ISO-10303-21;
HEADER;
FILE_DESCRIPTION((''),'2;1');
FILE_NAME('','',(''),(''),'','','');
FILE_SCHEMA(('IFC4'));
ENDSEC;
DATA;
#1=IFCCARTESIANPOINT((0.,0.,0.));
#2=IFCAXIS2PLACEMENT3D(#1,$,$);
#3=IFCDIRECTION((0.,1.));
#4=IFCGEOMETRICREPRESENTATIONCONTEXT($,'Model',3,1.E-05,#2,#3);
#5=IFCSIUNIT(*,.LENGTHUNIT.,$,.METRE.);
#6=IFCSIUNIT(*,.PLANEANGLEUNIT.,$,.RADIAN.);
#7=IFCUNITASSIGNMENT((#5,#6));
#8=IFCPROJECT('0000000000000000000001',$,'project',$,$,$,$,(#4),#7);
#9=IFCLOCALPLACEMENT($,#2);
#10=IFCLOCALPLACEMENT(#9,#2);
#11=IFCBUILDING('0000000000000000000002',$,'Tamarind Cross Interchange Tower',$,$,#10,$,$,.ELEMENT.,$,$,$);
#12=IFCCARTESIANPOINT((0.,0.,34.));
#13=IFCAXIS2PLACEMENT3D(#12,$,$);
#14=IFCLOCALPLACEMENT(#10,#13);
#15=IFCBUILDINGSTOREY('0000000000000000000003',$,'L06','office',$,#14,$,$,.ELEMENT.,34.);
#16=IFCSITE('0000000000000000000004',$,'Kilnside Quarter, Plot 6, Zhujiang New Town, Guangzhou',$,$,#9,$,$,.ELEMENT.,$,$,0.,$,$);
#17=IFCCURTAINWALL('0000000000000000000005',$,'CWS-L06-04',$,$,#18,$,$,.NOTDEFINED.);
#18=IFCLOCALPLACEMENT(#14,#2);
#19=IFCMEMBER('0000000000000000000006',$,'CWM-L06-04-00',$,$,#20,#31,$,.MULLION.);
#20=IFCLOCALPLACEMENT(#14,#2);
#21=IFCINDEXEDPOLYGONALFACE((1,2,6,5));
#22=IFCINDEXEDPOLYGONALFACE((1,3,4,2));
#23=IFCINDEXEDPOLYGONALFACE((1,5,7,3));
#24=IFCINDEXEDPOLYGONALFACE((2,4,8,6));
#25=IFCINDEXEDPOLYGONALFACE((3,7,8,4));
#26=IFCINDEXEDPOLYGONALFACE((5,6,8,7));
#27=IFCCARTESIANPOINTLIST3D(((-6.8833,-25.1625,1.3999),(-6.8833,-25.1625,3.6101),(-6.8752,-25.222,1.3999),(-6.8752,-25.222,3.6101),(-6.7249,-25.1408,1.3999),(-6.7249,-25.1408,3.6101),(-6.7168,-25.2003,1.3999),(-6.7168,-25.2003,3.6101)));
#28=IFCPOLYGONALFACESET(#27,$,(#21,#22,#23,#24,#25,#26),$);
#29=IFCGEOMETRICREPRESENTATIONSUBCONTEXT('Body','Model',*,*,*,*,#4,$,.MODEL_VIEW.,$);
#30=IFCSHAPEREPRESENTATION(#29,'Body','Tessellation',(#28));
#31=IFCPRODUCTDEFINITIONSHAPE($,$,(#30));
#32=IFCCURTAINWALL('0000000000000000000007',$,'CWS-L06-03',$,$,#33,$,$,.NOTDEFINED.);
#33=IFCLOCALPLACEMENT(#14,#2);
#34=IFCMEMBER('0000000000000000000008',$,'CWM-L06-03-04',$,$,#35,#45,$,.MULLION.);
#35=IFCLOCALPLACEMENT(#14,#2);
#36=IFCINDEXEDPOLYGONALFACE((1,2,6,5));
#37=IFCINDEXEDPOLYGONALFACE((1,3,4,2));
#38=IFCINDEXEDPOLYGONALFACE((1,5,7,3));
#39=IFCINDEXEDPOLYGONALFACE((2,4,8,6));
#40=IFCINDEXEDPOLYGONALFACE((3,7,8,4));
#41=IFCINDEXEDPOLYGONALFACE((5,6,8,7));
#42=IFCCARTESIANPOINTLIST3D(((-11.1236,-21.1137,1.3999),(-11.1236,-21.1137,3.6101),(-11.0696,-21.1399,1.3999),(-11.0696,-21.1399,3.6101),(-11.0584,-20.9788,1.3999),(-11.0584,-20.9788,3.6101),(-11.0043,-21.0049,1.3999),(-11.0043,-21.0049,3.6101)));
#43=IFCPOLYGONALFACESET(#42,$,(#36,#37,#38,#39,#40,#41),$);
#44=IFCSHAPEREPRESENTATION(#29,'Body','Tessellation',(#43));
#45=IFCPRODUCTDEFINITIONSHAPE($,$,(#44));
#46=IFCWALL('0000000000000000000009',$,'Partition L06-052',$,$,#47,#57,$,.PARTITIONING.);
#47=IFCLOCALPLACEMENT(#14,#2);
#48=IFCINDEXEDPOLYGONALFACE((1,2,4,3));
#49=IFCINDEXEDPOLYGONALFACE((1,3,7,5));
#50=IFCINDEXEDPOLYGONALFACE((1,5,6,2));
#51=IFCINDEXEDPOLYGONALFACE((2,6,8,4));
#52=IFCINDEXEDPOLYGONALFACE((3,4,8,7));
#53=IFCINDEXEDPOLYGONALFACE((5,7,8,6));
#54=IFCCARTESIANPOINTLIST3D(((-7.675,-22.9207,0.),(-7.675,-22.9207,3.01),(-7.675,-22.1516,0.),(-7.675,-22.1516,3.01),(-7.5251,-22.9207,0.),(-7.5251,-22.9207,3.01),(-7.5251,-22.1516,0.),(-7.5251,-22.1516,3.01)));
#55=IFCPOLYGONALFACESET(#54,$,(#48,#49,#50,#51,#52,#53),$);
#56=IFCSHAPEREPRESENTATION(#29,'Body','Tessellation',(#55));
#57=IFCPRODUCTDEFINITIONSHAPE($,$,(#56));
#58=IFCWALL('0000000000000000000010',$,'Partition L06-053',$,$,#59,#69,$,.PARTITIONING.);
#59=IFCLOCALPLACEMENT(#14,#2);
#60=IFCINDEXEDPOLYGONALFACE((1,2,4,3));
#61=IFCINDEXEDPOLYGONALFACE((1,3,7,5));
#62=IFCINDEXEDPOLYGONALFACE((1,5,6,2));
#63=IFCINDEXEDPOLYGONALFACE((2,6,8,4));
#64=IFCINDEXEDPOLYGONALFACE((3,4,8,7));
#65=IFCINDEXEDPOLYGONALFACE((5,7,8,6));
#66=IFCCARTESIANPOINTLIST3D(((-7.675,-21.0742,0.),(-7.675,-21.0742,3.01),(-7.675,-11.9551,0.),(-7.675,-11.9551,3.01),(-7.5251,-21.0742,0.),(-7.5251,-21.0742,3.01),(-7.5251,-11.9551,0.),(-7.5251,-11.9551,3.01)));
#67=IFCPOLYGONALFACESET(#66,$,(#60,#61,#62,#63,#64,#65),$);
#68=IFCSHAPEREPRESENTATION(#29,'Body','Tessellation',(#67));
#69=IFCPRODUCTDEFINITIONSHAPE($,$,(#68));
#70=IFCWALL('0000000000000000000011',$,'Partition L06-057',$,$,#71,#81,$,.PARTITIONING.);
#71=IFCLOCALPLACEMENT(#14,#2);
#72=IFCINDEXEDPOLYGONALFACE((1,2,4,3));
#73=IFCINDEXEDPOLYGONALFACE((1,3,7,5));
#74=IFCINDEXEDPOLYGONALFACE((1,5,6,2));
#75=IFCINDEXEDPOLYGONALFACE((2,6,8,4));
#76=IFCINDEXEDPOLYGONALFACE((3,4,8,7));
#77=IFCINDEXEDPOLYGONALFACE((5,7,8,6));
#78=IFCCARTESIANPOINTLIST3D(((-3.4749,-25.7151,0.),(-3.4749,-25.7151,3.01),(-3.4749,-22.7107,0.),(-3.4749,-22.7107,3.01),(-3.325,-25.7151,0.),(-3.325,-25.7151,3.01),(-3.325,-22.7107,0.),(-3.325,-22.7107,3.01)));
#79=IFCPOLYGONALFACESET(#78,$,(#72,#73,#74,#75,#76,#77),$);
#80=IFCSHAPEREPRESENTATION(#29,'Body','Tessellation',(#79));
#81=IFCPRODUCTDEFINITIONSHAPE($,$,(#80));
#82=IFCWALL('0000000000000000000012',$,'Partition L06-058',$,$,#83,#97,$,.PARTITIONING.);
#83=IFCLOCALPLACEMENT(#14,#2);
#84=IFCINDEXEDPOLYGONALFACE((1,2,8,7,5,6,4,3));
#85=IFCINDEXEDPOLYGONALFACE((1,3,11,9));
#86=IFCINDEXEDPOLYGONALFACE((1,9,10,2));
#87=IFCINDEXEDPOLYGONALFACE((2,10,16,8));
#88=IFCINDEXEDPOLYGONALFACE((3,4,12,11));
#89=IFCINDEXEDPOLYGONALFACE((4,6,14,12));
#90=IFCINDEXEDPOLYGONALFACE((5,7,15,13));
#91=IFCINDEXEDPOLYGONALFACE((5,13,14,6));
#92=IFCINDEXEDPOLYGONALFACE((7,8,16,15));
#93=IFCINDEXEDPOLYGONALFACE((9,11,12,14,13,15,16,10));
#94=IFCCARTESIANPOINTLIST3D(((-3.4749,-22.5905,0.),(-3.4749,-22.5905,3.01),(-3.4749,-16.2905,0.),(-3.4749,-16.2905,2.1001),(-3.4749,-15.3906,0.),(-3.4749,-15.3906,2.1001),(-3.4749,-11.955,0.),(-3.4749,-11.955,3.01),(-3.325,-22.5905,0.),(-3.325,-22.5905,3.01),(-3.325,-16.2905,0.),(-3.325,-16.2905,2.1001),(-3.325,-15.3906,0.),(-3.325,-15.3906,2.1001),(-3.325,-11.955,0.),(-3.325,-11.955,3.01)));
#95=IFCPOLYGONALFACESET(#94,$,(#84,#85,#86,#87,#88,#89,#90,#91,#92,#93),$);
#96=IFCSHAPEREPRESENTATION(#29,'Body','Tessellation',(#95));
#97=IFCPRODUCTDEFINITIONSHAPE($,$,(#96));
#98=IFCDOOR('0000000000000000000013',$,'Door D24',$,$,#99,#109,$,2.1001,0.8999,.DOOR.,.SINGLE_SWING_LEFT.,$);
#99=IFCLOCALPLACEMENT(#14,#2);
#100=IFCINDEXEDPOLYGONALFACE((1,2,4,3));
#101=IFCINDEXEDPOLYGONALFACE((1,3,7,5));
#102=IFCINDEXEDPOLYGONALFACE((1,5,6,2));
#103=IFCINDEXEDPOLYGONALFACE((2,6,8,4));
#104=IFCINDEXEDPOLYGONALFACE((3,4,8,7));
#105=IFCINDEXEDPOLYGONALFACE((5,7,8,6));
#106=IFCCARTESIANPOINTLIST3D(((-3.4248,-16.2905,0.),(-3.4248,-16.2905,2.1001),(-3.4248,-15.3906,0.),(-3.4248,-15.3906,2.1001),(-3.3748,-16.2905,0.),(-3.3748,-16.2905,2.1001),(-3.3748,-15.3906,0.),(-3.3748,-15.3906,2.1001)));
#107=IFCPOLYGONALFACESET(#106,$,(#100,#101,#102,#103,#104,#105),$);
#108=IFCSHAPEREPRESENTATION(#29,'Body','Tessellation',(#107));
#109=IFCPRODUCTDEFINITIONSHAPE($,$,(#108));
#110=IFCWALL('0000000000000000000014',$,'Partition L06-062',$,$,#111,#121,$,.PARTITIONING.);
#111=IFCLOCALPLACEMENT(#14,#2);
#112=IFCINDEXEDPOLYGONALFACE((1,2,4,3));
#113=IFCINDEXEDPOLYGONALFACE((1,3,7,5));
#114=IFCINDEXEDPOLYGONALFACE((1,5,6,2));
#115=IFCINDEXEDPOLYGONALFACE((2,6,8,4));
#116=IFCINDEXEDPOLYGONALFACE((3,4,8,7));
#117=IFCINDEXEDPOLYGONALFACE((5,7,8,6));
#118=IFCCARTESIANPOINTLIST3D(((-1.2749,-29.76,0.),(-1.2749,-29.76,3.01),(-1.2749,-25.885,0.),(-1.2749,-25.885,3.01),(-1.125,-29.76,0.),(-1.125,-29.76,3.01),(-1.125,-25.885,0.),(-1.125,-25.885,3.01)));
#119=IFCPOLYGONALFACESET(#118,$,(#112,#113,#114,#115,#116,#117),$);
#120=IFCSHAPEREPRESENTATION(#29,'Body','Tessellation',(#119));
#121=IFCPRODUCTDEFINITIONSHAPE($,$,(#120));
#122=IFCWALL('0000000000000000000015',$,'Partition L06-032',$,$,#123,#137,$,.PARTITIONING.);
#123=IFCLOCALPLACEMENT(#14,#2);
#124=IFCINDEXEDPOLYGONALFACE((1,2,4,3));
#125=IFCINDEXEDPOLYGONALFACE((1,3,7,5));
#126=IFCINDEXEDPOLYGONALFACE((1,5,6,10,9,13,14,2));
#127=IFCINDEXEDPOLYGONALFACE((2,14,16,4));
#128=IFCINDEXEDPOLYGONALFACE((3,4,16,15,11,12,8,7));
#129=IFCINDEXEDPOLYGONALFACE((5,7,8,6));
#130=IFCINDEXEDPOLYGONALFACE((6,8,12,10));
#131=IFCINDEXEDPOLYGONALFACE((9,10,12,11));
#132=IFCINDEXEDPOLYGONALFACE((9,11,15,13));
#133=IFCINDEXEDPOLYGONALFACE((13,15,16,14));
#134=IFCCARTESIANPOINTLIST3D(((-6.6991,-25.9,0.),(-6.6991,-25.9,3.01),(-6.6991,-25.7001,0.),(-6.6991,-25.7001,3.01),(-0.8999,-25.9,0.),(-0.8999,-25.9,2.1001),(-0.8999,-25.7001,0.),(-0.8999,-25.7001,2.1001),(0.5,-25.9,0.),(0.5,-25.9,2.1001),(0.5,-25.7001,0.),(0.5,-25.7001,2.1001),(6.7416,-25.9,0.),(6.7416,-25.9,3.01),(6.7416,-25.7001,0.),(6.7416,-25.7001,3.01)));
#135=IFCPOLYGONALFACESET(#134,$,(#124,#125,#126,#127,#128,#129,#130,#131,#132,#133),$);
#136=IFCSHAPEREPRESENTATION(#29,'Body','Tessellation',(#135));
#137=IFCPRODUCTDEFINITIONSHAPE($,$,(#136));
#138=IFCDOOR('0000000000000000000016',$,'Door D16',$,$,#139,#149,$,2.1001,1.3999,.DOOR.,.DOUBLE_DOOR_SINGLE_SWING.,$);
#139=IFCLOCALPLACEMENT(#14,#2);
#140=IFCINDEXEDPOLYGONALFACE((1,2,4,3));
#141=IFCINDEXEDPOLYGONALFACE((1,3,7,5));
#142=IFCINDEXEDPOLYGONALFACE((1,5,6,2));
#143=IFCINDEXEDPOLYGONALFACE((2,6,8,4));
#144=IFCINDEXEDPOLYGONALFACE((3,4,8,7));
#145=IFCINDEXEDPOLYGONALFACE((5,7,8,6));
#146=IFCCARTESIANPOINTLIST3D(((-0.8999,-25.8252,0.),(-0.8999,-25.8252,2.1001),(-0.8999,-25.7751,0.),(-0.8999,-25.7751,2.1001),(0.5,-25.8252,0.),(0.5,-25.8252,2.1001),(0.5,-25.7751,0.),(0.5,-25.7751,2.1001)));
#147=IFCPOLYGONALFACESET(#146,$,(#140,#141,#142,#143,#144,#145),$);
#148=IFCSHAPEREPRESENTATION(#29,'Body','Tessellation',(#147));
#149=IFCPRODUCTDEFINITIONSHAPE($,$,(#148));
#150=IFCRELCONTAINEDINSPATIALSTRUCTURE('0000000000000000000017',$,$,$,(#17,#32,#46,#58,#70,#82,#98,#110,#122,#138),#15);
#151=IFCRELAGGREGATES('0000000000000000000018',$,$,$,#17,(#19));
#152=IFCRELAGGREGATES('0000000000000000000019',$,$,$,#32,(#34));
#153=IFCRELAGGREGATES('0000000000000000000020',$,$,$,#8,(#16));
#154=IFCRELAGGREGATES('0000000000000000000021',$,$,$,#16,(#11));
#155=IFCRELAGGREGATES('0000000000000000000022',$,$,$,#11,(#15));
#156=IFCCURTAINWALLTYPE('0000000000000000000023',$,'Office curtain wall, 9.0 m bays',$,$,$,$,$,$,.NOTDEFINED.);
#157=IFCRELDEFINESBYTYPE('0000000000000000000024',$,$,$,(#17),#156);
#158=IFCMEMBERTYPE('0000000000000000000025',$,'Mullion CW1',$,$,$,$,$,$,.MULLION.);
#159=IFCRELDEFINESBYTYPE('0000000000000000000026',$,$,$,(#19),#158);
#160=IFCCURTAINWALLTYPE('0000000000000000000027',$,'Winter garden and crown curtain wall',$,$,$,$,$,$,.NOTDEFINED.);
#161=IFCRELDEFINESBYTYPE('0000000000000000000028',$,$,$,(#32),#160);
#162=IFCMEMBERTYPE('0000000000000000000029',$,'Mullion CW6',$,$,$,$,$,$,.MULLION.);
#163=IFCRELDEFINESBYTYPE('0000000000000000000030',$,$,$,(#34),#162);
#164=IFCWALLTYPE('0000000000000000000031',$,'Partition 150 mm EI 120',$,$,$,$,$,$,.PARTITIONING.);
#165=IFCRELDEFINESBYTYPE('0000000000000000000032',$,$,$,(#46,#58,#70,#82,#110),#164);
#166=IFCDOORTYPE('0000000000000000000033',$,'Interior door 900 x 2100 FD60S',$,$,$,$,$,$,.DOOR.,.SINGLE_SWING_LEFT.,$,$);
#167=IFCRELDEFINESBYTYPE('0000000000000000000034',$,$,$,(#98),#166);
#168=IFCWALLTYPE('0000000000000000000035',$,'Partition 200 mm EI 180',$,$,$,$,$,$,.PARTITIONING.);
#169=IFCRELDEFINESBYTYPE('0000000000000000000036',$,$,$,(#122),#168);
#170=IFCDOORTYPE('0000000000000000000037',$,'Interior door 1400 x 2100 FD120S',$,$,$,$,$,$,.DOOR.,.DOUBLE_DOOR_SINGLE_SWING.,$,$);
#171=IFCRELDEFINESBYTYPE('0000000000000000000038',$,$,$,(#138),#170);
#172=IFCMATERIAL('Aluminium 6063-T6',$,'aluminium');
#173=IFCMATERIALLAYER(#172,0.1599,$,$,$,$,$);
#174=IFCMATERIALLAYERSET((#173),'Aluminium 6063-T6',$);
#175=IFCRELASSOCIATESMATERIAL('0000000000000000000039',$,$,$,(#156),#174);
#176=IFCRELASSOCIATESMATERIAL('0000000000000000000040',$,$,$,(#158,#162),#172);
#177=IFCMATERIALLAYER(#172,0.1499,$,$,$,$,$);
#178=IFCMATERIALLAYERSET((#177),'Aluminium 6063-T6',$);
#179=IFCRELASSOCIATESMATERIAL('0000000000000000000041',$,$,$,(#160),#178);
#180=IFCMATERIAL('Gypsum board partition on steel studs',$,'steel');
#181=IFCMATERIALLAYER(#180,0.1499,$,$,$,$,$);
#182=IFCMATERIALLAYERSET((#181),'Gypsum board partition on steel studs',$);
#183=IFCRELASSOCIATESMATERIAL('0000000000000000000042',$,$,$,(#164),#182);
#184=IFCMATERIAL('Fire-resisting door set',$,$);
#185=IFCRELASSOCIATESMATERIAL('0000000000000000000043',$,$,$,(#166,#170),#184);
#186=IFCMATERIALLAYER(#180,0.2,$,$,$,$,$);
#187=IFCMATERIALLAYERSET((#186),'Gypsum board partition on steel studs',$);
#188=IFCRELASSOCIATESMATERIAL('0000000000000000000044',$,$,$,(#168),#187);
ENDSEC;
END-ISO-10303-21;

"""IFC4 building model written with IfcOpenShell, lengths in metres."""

from ifc_helpers import new_model, si_unit, direction, frame, frame_2d, origin, origin_2d, place, context, subcontext, project, spatial, rectangle, extrude, material, layer, layer_set, material_profile, profile_set, type_object, element, fill, aggregate, save


model = new_model("IFC4")

# Units and contexts
model_context = context("Model", 3, precision=1e-05, world=origin(), true_north=direction((0.0, 1.0)))
body_context = subcontext(model_context, "Body", "Model", "MODEL_VIEW")
ifc_project = project(units=[si_unit("LENGTHUNIT", "METRE"), si_unit("PLANEANGLEUNIT", "RADIAN")], contexts=[model_context])

# Site, building, storey
site_placement = place(None, origin())
site = spatial("IfcSite", under=ifc_project, at=site_placement, Name="Kilnside Quarter, Plot 6, Zhujiang New Town, Guangzhou", CompositionType="ELEMENT", RefElevation=0.0)
building_placement = place(site_placement, origin())
building = spatial("IfcBuilding", under=site, at=building_placement, Name="Tamarind Cross Interchange Tower", CompositionType="ELEMENT")
storey_placement = place(building_placement, frame((0.0, 0.0, 34.0)))
storey = spatial("IfcBuildingStorey", under=building, at=storey_placement, Name="L06", Description="office", CompositionType="ELEMENT", Elevation=34.0)

# Curtain walls, members
ifc_material_1 = material(Name="Aluminium 6063-T6", Category="aluminium")
ifc_layer_1 = layer(ifc_material_1, 0.1599)
ifc_layer_set_1 = layer_set([ifc_layer_1], Name="Aluminium 6063-T6")
curtain_wall_type_1 = type_object("IfcCurtainWallType", Name="Office curtain wall, 9.0 m bays", PredefinedType="NOTDEFINED", material=ifc_layer_set_1)
curtain_wall_1_placement = place(storey_placement, origin())
curtain_wall_1 = element("IfcCurtainWall", 1, at=curtain_wall_1_placement, inside=storey, type_object=curtain_wall_type_1, Name="CWS-L06-04", PredefinedType="NOTDEFINED")
ifc_material_profile_1 = material_profile(ifc_material_1, rectangle(XDim=0.0601, YDim=0.1599, at=origin_2d()), Name="Mullion CW1")
ifc_profile_set_1 = profile_set([ifc_material_profile_1], Name="Aluminium 6063-T6")
member_type_1 = type_object("IfcMemberType", Name="Mullion CW1", PredefinedType="MULLION", material=ifc_profile_set_1)
member_1_placement = place(storey_placement, frame((-6.8, -25.1814, 1.3999), z_axis=(0.0, 0.0, 1.0), x_axis=(0.135689, -0.990751, 0.0)))
member_1 = element("IfcMember", 2, at=member_1_placement, type_object=member_type_1, Name="CWM-L06-04-00", PredefinedType="MULLION", context=body_context, shape_type="SweptSolid", body=[
    extrude(rectangle(XDim=0.0601, YDim=0.1599, at=origin_2d()), origin(), (0.0, 0.0, 1.0), 2.2102),
])
aggregate(curtain_wall_1, [member_1])
ifc_layer_2 = layer(ifc_material_1, 0.1499)
ifc_layer_set_2 = layer_set([ifc_layer_2], Name="Aluminium 6063-T6")
curtain_wall_type_2 = type_object("IfcCurtainWallType", Name="Winter garden and crown curtain wall", PredefinedType="NOTDEFINED", material=ifc_layer_set_2)
curtain_wall_2_placement = place(storey_placement, origin())
curtain_wall_2 = element("IfcCurtainWall", 3, at=curtain_wall_2_placement, inside=storey, type_object=curtain_wall_type_2, Name="CWS-L06-03", PredefinedType="NOTDEFINED")
ifc_material_profile_2 = material_profile(ifc_material_1, rectangle(XDim=0.0601, YDim=0.1499, at=origin_2d()), Name="Mullion CW6")
ifc_profile_set_2 = profile_set([ifc_material_profile_2], Name="Aluminium 6063-T6")
member_type_2 = type_object("IfcMemberType", Name="Mullion CW6", PredefinedType="MULLION", material=ifc_profile_set_2)
member_2_placement = place(storey_placement, frame((-11.064, -21.0593, 1.3999), z_axis=(0.0, 0.0, 1.0), x_axis=(0.900273, -0.435326, 0.0)))
member_2 = element("IfcMember", 4, at=member_2_placement, type_object=member_type_2, Name="CWM-L06-03-04", PredefinedType="MULLION", context=body_context, shape_type="SweptSolid", body=[
    extrude(rectangle(XDim=0.0601, YDim=0.1499, at=origin_2d()), origin(), (0.0, 0.0, 1.0), 2.2102),
])
aggregate(curtain_wall_2, [member_2])

# Walls
ifc_material_2 = material(Name="Gypsum board partition on steel studs", Category="steel")
ifc_layer_3 = layer(ifc_material_2, 0.1499)
ifc_layer_set_3 = layer_set([ifc_layer_3], Name="Gypsum board partition on steel studs")
wall_type_1 = type_object("IfcWallType", Name="Partition 150 mm EI 120", PredefinedType="PARTITIONING", material=ifc_layer_set_3)
wall_1_placement = place(storey_placement, frame((-7.6001, -22.9207, 0.0), z_axis=(0.0, 0.0, 1.0), x_axis=(0.0, 1.0, 0.0)))
element("IfcWall", 5, at=wall_1_placement, inside=storey, type_object=wall_type_1, Name="Partition L06-052", PredefinedType="PARTITIONING", context=body_context, shape_type="SweptSolid", body=[
    extrude(rectangle(XDim=0.769, YDim=0.1499, at=frame_2d((0.3845, 0.0))), origin(), (0.0, 0.0, 1.0), 3.01),
])
wall_2_placement = place(storey_placement, frame((-7.6001, -21.0742, 0.0), z_axis=(0.0, 0.0, 1.0), x_axis=(0.0, 1.0, 0.0)))
element("IfcWall", 6, at=wall_2_placement, inside=storey, type_object=wall_type_1, Name="Partition L06-053", PredefinedType="PARTITIONING", context=body_context, shape_type="SweptSolid", body=[
    extrude(rectangle(XDim=9.1191, YDim=0.1499, at=frame_2d((4.5596, 0.0))), origin(), (0.0, 0.0, 1.0), 3.01),
])
wall_3_placement = place(storey_placement, frame((-3.3999, -25.7151, 0.0), z_axis=(0.0, 0.0, 1.0), x_axis=(0.0, 1.0, 0.0)))
element("IfcWall", 7, at=wall_3_placement, inside=storey, type_object=wall_type_1, Name="Partition L06-057", PredefinedType="PARTITIONING", context=body_context, shape_type="SweptSolid", body=[
    extrude(rectangle(XDim=3.0044, YDim=0.1499, at=frame_2d((1.5022, 0.0))), origin(), (0.0, 0.0, 1.0), 3.01),
])

# Wall, opening, door
wall_4_placement = place(storey_placement, frame((-3.3999, -22.5906, 0.0), z_axis=(0.0, 0.0, 1.0), x_axis=(0.0, 1.0, 0.0)))
wall_4 = element("IfcWall", 8, at=wall_4_placement, inside=storey, type_object=wall_type_1, Name="Partition L06-058", PredefinedType="PARTITIONING", context=body_context, shape_type="SweptSolid", body=[
    extrude(rectangle(XDim=10.6355, YDim=0.1499, at=frame_2d((5.3179, 0.0))), origin(), (0.0, 0.0, 1.0), 3.01),
])
opening_1_placement = place(wall_4_placement, frame((6.3, 0.0, 0.0)))
opening_1 = element("IfcOpeningElement", 9, at=opening_1_placement, cuts=wall_4, PredefinedType="OPENING", context=body_context, shape_type="SweptSolid", body=[
    extrude(rectangle(XDim=0.8999, YDim=2.1001, at=frame_2d((0.45, 1.05))), frame((0.0, 0.085, 0.0), z_axis=(0.0, -1.0, 0.0), x_axis=(1.0, 0.0, 0.0)), (0.0, 0.0, 1.0), 0.1699),
])
ifc_material_3 = material(Name="Fire-resisting door set")
door_type_1 = type_object("IfcDoorType", Name="Interior door 900 x 2100 FD60S", OperationType="SINGLE_SWING_LEFT", PredefinedType="DOOR", material=ifc_material_3)
door_1_placement = place(opening_1_placement, origin())
door_1 = element("IfcDoor", 10, at=door_1_placement, inside=storey, type_object=door_type_1, Name="Door D24", OperationType="SINGLE_SWING_LEFT", OverallHeight=2.1001, OverallWidth=0.8999, PredefinedType="DOOR", context=body_context, shape_type="SweptSolid", body=[
    extrude(rectangle(XDim=0.8999, YDim=2.1001, at=frame_2d((0.45, 1.05))), frame((0.0, 0.0249, 0.0), z_axis=(0.0, -1.0, 0.0), x_axis=(1.0, 0.0, 0.0)), (0.0, 0.0, 1.0), 0.05),
])
fill(opening_1, door_1)

# Wall
wall_5_placement = place(storey_placement, frame((-1.2, -29.76, 0.0), z_axis=(0.0, 0.0, 1.0), x_axis=(0.0, 1.0, 0.0)))
element("IfcWall", 11, at=wall_5_placement, inside=storey, type_object=wall_type_1, Name="Partition L06-062", PredefinedType="PARTITIONING", context=body_context, shape_type="SweptSolid", body=[
    extrude(rectangle(XDim=3.875, YDim=0.1499, at=frame_2d((1.9375, 0.0))), origin(), (0.0, 0.0, 1.0), 3.01),
])

# Wall, opening, door
ifc_layer_4 = layer(ifc_material_2, 0.2)
ifc_layer_set_4 = layer_set([ifc_layer_4], Name="Gypsum board partition on steel studs")
wall_type_2 = type_object("IfcWallType", Name="Partition 200 mm EI 180", PredefinedType="PARTITIONING", material=ifc_layer_set_4)
wall_6_placement = place(storey_placement, frame((-6.699, -25.8, 0.0), z_axis=(0.0, 0.0, 1.0), x_axis=(1.0, 0.0, 0.0)))
wall_6 = element("IfcWall", 12, at=wall_6_placement, inside=storey, type_object=wall_type_2, Name="Partition L06-032", PredefinedType="PARTITIONING", context=body_context, shape_type="SweptSolid", body=[
    extrude(rectangle(XDim=13.4407, YDim=0.2, at=frame_2d((6.7202, 0.0))), origin(), (0.0, 0.0, 1.0), 3.01),
])
opening_2_placement = place(wall_6_placement, frame((5.7991, 0.0, 0.0)))
opening_2 = element("IfcOpeningElement", 13, at=opening_2_placement, cuts=wall_6, PredefinedType="OPENING", context=body_context, shape_type="SweptSolid", body=[
    extrude(rectangle(XDim=1.3999, YDim=2.1001, at=frame_2d((0.7, 1.05))), frame((0.0, 0.1099, 0.0), z_axis=(0.0, -1.0, 0.0), x_axis=(1.0, 0.0, 0.0)), (0.0, 0.0, 1.0), 0.22),
])
door_type_2 = type_object("IfcDoorType", Name="Interior door 1400 x 2100 FD120S", OperationType="DOUBLE_DOOR_SINGLE_SWING", PredefinedType="DOOR", material=ifc_material_3)
door_2_placement = place(opening_2_placement, origin())
door_2 = element("IfcDoor", 14, at=door_2_placement, inside=storey, type_object=door_type_2, Name="Door D16", OperationType="DOUBLE_DOOR_SINGLE_SWING", OverallHeight=2.1001, OverallWidth=1.3999, PredefinedType="DOOR", context=body_context, shape_type="SweptSolid", body=[
    extrude(rectangle(XDim=1.3999, YDim=2.1001, at=frame_2d((0.7, 1.05))), frame((0.0, 0.0249, 0.0), z_axis=(0.0, -1.0, 0.0), x_axis=(1.0, 0.0, 0.0)), (0.0, 0.0, 1.0), 0.05),
])
fill(opening_2, door_2)

save(model, "model.ifc")
